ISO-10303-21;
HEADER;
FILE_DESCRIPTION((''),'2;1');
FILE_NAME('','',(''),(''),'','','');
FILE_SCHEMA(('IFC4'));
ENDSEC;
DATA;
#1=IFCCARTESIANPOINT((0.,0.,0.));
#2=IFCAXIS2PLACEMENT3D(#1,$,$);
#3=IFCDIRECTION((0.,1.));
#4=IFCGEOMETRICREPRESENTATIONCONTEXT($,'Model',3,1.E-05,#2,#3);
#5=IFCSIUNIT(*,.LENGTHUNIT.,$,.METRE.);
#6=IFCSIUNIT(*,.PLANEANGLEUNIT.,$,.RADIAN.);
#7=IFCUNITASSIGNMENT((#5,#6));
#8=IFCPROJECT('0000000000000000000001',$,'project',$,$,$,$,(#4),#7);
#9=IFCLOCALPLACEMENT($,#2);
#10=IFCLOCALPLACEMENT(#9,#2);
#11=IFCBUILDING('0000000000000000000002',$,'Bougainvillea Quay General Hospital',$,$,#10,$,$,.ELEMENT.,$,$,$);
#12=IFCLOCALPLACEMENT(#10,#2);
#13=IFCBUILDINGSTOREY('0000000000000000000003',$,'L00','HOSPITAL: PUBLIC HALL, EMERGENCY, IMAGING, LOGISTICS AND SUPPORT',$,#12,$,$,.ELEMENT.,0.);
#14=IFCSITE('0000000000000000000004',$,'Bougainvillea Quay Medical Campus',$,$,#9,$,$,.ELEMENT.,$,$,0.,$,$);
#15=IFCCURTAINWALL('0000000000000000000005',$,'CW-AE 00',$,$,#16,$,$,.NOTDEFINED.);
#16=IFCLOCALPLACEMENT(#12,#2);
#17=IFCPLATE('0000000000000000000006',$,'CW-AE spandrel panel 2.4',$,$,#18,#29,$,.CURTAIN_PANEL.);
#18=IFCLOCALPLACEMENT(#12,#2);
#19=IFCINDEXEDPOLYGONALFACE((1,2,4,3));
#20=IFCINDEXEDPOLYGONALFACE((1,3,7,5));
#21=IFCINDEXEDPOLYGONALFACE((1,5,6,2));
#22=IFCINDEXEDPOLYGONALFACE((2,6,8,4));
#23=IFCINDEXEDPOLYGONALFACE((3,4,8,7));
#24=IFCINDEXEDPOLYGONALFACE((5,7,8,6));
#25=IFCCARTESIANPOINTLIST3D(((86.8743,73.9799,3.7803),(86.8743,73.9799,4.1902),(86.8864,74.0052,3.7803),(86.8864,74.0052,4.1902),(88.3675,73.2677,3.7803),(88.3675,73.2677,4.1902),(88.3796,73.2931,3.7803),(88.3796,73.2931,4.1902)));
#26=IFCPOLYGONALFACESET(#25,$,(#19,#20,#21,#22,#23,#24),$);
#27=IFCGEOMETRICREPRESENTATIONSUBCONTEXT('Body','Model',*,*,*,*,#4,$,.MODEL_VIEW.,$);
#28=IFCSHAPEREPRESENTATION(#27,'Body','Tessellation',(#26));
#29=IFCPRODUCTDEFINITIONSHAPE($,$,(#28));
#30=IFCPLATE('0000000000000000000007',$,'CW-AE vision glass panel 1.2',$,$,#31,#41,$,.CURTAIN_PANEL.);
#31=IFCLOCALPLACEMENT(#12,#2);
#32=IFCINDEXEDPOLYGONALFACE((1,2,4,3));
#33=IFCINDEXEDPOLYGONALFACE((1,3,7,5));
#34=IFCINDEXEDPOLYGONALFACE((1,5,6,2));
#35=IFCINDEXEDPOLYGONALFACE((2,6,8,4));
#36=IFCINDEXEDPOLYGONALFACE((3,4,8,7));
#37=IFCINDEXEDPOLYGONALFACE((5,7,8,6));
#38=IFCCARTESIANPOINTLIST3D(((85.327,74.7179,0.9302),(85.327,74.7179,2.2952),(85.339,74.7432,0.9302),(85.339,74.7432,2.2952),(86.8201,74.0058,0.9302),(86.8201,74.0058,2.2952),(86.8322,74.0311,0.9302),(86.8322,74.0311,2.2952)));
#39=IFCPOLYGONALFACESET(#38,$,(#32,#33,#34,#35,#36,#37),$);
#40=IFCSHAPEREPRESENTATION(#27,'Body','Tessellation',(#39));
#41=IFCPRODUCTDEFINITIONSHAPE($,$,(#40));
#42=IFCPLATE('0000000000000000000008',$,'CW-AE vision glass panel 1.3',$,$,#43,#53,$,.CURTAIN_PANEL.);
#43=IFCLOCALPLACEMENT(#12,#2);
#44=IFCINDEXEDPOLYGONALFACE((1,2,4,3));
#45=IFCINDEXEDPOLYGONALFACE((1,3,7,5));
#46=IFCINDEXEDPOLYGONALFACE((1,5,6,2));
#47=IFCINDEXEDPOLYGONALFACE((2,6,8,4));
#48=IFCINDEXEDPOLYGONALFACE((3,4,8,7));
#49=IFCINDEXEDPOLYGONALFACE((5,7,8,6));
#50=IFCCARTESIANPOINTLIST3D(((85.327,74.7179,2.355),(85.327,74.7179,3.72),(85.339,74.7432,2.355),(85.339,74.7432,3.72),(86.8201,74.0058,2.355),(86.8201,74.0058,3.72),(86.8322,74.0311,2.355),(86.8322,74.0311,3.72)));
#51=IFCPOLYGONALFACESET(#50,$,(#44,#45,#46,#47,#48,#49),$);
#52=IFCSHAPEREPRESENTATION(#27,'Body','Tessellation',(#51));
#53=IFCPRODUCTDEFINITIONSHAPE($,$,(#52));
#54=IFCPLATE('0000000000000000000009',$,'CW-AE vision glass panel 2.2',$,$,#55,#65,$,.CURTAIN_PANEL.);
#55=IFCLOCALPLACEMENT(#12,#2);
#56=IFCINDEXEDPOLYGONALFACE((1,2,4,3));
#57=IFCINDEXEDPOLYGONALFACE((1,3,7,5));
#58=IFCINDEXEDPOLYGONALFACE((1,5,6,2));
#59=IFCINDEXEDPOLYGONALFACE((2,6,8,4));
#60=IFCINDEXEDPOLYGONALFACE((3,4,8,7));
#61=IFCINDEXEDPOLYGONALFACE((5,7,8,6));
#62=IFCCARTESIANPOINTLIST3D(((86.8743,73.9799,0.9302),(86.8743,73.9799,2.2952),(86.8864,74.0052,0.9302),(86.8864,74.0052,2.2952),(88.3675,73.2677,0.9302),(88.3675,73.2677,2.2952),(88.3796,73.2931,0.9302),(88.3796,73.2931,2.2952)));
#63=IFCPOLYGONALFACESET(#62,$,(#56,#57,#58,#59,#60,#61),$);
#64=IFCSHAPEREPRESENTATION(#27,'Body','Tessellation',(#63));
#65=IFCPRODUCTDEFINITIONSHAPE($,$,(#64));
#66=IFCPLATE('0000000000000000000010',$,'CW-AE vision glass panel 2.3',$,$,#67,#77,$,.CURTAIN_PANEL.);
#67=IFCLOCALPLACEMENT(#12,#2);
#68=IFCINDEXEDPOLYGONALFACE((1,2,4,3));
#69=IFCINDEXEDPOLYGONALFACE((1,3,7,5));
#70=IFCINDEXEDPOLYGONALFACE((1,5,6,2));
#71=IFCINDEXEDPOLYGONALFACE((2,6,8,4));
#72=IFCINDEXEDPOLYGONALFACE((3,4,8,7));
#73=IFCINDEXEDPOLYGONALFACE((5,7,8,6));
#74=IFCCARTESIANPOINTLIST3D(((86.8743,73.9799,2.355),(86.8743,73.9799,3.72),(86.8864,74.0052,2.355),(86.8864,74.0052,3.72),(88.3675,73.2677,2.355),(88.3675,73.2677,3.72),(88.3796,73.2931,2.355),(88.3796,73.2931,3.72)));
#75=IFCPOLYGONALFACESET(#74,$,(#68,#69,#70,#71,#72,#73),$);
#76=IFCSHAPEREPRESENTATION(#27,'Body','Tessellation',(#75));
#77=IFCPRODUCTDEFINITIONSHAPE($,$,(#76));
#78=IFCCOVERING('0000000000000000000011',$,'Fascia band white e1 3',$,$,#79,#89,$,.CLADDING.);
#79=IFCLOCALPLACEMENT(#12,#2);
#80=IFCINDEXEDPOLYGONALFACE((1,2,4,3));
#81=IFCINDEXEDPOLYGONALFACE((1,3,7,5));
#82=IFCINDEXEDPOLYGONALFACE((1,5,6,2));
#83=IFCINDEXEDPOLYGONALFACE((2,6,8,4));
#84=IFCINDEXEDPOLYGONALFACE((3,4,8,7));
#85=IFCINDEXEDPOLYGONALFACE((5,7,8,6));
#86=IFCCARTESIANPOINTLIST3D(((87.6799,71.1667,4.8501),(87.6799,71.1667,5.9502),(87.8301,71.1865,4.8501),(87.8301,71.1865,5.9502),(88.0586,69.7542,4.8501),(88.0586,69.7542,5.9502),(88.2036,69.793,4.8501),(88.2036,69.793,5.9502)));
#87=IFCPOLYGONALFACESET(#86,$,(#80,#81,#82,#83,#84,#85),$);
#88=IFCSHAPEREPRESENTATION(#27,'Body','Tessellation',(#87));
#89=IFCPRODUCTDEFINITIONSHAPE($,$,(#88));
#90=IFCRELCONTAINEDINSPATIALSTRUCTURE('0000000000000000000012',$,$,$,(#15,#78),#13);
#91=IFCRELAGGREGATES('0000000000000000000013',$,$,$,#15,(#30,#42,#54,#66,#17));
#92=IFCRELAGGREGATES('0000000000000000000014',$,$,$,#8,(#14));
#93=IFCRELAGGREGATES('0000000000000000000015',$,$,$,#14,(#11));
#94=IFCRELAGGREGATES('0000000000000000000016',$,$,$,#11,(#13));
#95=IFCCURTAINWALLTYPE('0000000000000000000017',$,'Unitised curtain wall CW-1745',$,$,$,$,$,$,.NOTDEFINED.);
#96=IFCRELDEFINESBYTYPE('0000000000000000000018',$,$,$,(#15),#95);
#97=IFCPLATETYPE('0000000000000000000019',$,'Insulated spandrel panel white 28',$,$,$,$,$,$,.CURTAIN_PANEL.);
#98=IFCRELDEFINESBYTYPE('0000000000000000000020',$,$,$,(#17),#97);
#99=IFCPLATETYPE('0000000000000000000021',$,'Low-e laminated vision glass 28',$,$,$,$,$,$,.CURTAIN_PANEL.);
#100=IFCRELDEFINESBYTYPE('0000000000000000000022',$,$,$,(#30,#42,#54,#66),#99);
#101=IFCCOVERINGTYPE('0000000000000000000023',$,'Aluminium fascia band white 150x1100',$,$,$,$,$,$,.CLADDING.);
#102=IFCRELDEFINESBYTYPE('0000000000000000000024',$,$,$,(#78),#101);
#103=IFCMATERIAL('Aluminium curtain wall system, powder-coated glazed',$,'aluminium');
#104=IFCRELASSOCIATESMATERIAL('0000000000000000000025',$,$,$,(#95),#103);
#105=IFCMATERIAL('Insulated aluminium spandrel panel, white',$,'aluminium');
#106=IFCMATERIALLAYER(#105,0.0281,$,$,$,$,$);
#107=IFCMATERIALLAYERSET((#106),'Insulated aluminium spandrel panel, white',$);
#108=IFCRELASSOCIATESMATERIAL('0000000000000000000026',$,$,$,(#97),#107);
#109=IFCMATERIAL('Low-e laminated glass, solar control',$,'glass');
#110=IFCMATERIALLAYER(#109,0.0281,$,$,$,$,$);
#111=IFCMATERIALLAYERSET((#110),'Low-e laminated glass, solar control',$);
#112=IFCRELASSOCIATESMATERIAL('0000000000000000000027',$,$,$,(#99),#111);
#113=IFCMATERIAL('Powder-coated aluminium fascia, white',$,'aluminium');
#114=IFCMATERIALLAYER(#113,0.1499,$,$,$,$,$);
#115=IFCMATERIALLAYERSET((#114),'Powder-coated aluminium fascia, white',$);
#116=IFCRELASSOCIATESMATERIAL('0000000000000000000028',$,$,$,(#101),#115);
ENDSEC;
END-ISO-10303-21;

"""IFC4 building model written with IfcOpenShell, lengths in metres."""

from ifc_helpers import new_model, si_unit, direction, frame, origin, origin_2d, place, context, subcontext, project, spatial, polyline, rectangle, outline, extrude, material, layer, layer_set, type_object, element, aggregate, save


model = new_model("IFC4")

# Units and contexts
model_context = context("Model", 3, precision=1e-05, world=origin(), true_north=direction((0.0, 1.0)))
body_context = subcontext(model_context, "Body", "Model", "MODEL_VIEW")
ifc_project = project(units=[si_unit("LENGTHUNIT", "METRE"), si_unit("PLANEANGLEUNIT", "RADIAN")], contexts=[model_context])

# Site, building, storey
site_placement = place(None, origin())
site = spatial("IfcSite", under=ifc_project, at=site_placement, Name="Bougainvillea Quay Medical Campus", CompositionType="ELEMENT", RefElevation=0.0)
building_placement = place(site_placement, origin())
building = spatial("IfcBuilding", under=site, at=building_placement, Name="Bougainvillea Quay General Hospital", CompositionType="ELEMENT")
storey_placement = place(building_placement, origin())
storey = spatial("IfcBuildingStorey", under=building, at=storey_placement, Name="L00", Description="HOSPITAL: PUBLIC HALL, EMERGENCY, IMAGING, LOGISTICS AND SUPPORT", CompositionType="ELEMENT", Elevation=0.0)

# Curtain wall, plates
ifc_material_1 = material(Name="Aluminium curtain wall system, powder-coated glazed", Category="aluminium")
curtain_wall_type = type_object("IfcCurtainWallType", Name="Unitised curtain wall CW-1745", PredefinedType="NOTDEFINED", material=ifc_material_1)
curtain_wall_placement = place(storey_placement, origin())
curtain_wall = element("IfcCurtainWall", 1, at=curtain_wall_placement, inside=storey, type_object=curtain_wall_type, Name="CW-AE 00", PredefinedType="NOTDEFINED")
ifc_material_2 = material(Name="Insulated aluminium spandrel panel, white", Category="aluminium")
ifc_layer_1 = layer(ifc_material_2, 0.0281)
ifc_layer_set_1 = layer_set([ifc_layer_1], Name="Insulated aluminium spandrel panel, white")
plate_type_1 = type_object("IfcPlateType", Name="Insulated spandrel panel white 28", PredefinedType="CURTAIN_PANEL", material=ifc_layer_set_1)
plate_1_placement = place(storey_placement, frame((87.627, 73.6365, 3.7803), z_axis=(0.0, 0.0, 1.0), x_axis=(0.902608, -0.430463, 0.0)))
plate_1 = element("IfcPlate", 2, at=plate_1_placement, type_object=plate_type_1, Name="CW-AE spandrel panel 2.4", PredefinedType="CURTAIN_PANEL", context=body_context, shape_type="SweptSolid", body=[
    extrude(rectangle(XDim=1.6543, YDim=0.0281, at=origin_2d()), origin(), (0.0, 0.0, 1.0), 0.4099),
])
ifc_material_3 = material(Name="Low-e laminated glass, solar control", Category="glass")
ifc_layer_2 = layer(ifc_material_3, 0.0281)
ifc_layer_set_2 = layer_set([ifc_layer_2], Name="Low-e laminated glass, solar control")
plate_type_2 = type_object("IfcPlateType", Name="Low-e laminated vision glass 28", PredefinedType="CURTAIN_PANEL", material=ifc_layer_set_2)
plate_2_placement = place(storey_placement, frame((86.0796, 74.3745, 0.9302), z_axis=(0.0, 0.0, 1.0), x_axis=(0.902608, -0.430463, 0.0)))
plate_2 = element("IfcPlate", 3, at=plate_2_placement, type_object=plate_type_2, Name="CW-AE vision glass panel 1.2", PredefinedType="CURTAIN_PANEL", context=body_context, shape_type="SweptSolid", body=[
    extrude(rectangle(XDim=1.6543, YDim=0.0281, at=origin_2d()), origin(), (0.0, 0.0, 1.0), 1.365),
])
plate_3_placement = place(storey_placement, frame((86.0796, 74.3745, 2.355), z_axis=(0.0, 0.0, 1.0), x_axis=(0.902608, -0.430463, 0.0)))
plate_3 = element("IfcPlate", 4, at=plate_3_placement, type_object=plate_type_2, Name="CW-AE vision glass panel 1.3", PredefinedType="CURTAIN_PANEL", context=body_context, shape_type="SweptSolid", body=[
    extrude(rectangle(XDim=1.6543, YDim=0.0281, at=origin_2d()), origin(), (0.0, 0.0, 1.0), 1.365),
])
plate_4_placement = place(storey_placement, frame((87.627, 73.6365, 0.9302), z_axis=(0.0, 0.0, 1.0), x_axis=(0.902608, -0.430463, 0.0)))
plate_4 = element("IfcPlate", 5, at=plate_4_placement, type_object=plate_type_2, Name="CW-AE vision glass panel 2.2", PredefinedType="CURTAIN_PANEL", context=body_context, shape_type="SweptSolid", body=[
    extrude(rectangle(XDim=1.6543, YDim=0.0281, at=origin_2d()), origin(), (0.0, 0.0, 1.0), 1.365),
])
plate_5_placement = place(storey_placement, frame((87.627, 73.6365, 2.355), z_axis=(0.0, 0.0, 1.0), x_axis=(0.902608, -0.430463, 0.0)))
plate_5 = element("IfcPlate", 6, at=plate_5_placement, type_object=plate_type_2, Name="CW-AE vision glass panel 2.3", PredefinedType="CURTAIN_PANEL", context=body_context, shape_type="SweptSolid", body=[
    extrude(rectangle(XDim=1.6543, YDim=0.0281, at=origin_2d()), origin(), (0.0, 0.0, 1.0), 1.365),
])
aggregate(curtain_wall, [plate_2, plate_3, plate_4, plate_5, plate_1])

# Covering
ifc_material_4 = material(Name="Powder-coated aluminium fascia, white", Category="aluminium")
ifc_layer_3 = layer(ifc_material_4, 0.1499)
ifc_layer_set_3 = layer_set([ifc_layer_3], Name="Powder-coated aluminium fascia, white")
covering_type = type_object("IfcCoveringType", Name="Aluminium fascia band white 150x1100", PredefinedType="CLADDING", material=ifc_layer_set_3)
covering_placement = place(storey_placement, frame((87.8301, 71.1865, 4.8501), z_axis=(0.0, 0.0, 1.0), x_axis=(0.258905, -0.965903, 0.0)))
element("IfcCovering", 7, at=covering_placement, inside=storey, type_object=covering_type, Name="Fascia band white e1 3", PredefinedType="CLADDING", context=body_context, shape_type="SweptSolid", body=[
    extrude(outline(polyline([(0.0, 0.0), (1.4427, 0.0), (1.4427, -0.1501), (-0.0198, -0.1501), (0.0, 0.0)])), origin(), (0.0, 0.0, 1.0), 1.1001),
])

save(model, "model.ifc")
